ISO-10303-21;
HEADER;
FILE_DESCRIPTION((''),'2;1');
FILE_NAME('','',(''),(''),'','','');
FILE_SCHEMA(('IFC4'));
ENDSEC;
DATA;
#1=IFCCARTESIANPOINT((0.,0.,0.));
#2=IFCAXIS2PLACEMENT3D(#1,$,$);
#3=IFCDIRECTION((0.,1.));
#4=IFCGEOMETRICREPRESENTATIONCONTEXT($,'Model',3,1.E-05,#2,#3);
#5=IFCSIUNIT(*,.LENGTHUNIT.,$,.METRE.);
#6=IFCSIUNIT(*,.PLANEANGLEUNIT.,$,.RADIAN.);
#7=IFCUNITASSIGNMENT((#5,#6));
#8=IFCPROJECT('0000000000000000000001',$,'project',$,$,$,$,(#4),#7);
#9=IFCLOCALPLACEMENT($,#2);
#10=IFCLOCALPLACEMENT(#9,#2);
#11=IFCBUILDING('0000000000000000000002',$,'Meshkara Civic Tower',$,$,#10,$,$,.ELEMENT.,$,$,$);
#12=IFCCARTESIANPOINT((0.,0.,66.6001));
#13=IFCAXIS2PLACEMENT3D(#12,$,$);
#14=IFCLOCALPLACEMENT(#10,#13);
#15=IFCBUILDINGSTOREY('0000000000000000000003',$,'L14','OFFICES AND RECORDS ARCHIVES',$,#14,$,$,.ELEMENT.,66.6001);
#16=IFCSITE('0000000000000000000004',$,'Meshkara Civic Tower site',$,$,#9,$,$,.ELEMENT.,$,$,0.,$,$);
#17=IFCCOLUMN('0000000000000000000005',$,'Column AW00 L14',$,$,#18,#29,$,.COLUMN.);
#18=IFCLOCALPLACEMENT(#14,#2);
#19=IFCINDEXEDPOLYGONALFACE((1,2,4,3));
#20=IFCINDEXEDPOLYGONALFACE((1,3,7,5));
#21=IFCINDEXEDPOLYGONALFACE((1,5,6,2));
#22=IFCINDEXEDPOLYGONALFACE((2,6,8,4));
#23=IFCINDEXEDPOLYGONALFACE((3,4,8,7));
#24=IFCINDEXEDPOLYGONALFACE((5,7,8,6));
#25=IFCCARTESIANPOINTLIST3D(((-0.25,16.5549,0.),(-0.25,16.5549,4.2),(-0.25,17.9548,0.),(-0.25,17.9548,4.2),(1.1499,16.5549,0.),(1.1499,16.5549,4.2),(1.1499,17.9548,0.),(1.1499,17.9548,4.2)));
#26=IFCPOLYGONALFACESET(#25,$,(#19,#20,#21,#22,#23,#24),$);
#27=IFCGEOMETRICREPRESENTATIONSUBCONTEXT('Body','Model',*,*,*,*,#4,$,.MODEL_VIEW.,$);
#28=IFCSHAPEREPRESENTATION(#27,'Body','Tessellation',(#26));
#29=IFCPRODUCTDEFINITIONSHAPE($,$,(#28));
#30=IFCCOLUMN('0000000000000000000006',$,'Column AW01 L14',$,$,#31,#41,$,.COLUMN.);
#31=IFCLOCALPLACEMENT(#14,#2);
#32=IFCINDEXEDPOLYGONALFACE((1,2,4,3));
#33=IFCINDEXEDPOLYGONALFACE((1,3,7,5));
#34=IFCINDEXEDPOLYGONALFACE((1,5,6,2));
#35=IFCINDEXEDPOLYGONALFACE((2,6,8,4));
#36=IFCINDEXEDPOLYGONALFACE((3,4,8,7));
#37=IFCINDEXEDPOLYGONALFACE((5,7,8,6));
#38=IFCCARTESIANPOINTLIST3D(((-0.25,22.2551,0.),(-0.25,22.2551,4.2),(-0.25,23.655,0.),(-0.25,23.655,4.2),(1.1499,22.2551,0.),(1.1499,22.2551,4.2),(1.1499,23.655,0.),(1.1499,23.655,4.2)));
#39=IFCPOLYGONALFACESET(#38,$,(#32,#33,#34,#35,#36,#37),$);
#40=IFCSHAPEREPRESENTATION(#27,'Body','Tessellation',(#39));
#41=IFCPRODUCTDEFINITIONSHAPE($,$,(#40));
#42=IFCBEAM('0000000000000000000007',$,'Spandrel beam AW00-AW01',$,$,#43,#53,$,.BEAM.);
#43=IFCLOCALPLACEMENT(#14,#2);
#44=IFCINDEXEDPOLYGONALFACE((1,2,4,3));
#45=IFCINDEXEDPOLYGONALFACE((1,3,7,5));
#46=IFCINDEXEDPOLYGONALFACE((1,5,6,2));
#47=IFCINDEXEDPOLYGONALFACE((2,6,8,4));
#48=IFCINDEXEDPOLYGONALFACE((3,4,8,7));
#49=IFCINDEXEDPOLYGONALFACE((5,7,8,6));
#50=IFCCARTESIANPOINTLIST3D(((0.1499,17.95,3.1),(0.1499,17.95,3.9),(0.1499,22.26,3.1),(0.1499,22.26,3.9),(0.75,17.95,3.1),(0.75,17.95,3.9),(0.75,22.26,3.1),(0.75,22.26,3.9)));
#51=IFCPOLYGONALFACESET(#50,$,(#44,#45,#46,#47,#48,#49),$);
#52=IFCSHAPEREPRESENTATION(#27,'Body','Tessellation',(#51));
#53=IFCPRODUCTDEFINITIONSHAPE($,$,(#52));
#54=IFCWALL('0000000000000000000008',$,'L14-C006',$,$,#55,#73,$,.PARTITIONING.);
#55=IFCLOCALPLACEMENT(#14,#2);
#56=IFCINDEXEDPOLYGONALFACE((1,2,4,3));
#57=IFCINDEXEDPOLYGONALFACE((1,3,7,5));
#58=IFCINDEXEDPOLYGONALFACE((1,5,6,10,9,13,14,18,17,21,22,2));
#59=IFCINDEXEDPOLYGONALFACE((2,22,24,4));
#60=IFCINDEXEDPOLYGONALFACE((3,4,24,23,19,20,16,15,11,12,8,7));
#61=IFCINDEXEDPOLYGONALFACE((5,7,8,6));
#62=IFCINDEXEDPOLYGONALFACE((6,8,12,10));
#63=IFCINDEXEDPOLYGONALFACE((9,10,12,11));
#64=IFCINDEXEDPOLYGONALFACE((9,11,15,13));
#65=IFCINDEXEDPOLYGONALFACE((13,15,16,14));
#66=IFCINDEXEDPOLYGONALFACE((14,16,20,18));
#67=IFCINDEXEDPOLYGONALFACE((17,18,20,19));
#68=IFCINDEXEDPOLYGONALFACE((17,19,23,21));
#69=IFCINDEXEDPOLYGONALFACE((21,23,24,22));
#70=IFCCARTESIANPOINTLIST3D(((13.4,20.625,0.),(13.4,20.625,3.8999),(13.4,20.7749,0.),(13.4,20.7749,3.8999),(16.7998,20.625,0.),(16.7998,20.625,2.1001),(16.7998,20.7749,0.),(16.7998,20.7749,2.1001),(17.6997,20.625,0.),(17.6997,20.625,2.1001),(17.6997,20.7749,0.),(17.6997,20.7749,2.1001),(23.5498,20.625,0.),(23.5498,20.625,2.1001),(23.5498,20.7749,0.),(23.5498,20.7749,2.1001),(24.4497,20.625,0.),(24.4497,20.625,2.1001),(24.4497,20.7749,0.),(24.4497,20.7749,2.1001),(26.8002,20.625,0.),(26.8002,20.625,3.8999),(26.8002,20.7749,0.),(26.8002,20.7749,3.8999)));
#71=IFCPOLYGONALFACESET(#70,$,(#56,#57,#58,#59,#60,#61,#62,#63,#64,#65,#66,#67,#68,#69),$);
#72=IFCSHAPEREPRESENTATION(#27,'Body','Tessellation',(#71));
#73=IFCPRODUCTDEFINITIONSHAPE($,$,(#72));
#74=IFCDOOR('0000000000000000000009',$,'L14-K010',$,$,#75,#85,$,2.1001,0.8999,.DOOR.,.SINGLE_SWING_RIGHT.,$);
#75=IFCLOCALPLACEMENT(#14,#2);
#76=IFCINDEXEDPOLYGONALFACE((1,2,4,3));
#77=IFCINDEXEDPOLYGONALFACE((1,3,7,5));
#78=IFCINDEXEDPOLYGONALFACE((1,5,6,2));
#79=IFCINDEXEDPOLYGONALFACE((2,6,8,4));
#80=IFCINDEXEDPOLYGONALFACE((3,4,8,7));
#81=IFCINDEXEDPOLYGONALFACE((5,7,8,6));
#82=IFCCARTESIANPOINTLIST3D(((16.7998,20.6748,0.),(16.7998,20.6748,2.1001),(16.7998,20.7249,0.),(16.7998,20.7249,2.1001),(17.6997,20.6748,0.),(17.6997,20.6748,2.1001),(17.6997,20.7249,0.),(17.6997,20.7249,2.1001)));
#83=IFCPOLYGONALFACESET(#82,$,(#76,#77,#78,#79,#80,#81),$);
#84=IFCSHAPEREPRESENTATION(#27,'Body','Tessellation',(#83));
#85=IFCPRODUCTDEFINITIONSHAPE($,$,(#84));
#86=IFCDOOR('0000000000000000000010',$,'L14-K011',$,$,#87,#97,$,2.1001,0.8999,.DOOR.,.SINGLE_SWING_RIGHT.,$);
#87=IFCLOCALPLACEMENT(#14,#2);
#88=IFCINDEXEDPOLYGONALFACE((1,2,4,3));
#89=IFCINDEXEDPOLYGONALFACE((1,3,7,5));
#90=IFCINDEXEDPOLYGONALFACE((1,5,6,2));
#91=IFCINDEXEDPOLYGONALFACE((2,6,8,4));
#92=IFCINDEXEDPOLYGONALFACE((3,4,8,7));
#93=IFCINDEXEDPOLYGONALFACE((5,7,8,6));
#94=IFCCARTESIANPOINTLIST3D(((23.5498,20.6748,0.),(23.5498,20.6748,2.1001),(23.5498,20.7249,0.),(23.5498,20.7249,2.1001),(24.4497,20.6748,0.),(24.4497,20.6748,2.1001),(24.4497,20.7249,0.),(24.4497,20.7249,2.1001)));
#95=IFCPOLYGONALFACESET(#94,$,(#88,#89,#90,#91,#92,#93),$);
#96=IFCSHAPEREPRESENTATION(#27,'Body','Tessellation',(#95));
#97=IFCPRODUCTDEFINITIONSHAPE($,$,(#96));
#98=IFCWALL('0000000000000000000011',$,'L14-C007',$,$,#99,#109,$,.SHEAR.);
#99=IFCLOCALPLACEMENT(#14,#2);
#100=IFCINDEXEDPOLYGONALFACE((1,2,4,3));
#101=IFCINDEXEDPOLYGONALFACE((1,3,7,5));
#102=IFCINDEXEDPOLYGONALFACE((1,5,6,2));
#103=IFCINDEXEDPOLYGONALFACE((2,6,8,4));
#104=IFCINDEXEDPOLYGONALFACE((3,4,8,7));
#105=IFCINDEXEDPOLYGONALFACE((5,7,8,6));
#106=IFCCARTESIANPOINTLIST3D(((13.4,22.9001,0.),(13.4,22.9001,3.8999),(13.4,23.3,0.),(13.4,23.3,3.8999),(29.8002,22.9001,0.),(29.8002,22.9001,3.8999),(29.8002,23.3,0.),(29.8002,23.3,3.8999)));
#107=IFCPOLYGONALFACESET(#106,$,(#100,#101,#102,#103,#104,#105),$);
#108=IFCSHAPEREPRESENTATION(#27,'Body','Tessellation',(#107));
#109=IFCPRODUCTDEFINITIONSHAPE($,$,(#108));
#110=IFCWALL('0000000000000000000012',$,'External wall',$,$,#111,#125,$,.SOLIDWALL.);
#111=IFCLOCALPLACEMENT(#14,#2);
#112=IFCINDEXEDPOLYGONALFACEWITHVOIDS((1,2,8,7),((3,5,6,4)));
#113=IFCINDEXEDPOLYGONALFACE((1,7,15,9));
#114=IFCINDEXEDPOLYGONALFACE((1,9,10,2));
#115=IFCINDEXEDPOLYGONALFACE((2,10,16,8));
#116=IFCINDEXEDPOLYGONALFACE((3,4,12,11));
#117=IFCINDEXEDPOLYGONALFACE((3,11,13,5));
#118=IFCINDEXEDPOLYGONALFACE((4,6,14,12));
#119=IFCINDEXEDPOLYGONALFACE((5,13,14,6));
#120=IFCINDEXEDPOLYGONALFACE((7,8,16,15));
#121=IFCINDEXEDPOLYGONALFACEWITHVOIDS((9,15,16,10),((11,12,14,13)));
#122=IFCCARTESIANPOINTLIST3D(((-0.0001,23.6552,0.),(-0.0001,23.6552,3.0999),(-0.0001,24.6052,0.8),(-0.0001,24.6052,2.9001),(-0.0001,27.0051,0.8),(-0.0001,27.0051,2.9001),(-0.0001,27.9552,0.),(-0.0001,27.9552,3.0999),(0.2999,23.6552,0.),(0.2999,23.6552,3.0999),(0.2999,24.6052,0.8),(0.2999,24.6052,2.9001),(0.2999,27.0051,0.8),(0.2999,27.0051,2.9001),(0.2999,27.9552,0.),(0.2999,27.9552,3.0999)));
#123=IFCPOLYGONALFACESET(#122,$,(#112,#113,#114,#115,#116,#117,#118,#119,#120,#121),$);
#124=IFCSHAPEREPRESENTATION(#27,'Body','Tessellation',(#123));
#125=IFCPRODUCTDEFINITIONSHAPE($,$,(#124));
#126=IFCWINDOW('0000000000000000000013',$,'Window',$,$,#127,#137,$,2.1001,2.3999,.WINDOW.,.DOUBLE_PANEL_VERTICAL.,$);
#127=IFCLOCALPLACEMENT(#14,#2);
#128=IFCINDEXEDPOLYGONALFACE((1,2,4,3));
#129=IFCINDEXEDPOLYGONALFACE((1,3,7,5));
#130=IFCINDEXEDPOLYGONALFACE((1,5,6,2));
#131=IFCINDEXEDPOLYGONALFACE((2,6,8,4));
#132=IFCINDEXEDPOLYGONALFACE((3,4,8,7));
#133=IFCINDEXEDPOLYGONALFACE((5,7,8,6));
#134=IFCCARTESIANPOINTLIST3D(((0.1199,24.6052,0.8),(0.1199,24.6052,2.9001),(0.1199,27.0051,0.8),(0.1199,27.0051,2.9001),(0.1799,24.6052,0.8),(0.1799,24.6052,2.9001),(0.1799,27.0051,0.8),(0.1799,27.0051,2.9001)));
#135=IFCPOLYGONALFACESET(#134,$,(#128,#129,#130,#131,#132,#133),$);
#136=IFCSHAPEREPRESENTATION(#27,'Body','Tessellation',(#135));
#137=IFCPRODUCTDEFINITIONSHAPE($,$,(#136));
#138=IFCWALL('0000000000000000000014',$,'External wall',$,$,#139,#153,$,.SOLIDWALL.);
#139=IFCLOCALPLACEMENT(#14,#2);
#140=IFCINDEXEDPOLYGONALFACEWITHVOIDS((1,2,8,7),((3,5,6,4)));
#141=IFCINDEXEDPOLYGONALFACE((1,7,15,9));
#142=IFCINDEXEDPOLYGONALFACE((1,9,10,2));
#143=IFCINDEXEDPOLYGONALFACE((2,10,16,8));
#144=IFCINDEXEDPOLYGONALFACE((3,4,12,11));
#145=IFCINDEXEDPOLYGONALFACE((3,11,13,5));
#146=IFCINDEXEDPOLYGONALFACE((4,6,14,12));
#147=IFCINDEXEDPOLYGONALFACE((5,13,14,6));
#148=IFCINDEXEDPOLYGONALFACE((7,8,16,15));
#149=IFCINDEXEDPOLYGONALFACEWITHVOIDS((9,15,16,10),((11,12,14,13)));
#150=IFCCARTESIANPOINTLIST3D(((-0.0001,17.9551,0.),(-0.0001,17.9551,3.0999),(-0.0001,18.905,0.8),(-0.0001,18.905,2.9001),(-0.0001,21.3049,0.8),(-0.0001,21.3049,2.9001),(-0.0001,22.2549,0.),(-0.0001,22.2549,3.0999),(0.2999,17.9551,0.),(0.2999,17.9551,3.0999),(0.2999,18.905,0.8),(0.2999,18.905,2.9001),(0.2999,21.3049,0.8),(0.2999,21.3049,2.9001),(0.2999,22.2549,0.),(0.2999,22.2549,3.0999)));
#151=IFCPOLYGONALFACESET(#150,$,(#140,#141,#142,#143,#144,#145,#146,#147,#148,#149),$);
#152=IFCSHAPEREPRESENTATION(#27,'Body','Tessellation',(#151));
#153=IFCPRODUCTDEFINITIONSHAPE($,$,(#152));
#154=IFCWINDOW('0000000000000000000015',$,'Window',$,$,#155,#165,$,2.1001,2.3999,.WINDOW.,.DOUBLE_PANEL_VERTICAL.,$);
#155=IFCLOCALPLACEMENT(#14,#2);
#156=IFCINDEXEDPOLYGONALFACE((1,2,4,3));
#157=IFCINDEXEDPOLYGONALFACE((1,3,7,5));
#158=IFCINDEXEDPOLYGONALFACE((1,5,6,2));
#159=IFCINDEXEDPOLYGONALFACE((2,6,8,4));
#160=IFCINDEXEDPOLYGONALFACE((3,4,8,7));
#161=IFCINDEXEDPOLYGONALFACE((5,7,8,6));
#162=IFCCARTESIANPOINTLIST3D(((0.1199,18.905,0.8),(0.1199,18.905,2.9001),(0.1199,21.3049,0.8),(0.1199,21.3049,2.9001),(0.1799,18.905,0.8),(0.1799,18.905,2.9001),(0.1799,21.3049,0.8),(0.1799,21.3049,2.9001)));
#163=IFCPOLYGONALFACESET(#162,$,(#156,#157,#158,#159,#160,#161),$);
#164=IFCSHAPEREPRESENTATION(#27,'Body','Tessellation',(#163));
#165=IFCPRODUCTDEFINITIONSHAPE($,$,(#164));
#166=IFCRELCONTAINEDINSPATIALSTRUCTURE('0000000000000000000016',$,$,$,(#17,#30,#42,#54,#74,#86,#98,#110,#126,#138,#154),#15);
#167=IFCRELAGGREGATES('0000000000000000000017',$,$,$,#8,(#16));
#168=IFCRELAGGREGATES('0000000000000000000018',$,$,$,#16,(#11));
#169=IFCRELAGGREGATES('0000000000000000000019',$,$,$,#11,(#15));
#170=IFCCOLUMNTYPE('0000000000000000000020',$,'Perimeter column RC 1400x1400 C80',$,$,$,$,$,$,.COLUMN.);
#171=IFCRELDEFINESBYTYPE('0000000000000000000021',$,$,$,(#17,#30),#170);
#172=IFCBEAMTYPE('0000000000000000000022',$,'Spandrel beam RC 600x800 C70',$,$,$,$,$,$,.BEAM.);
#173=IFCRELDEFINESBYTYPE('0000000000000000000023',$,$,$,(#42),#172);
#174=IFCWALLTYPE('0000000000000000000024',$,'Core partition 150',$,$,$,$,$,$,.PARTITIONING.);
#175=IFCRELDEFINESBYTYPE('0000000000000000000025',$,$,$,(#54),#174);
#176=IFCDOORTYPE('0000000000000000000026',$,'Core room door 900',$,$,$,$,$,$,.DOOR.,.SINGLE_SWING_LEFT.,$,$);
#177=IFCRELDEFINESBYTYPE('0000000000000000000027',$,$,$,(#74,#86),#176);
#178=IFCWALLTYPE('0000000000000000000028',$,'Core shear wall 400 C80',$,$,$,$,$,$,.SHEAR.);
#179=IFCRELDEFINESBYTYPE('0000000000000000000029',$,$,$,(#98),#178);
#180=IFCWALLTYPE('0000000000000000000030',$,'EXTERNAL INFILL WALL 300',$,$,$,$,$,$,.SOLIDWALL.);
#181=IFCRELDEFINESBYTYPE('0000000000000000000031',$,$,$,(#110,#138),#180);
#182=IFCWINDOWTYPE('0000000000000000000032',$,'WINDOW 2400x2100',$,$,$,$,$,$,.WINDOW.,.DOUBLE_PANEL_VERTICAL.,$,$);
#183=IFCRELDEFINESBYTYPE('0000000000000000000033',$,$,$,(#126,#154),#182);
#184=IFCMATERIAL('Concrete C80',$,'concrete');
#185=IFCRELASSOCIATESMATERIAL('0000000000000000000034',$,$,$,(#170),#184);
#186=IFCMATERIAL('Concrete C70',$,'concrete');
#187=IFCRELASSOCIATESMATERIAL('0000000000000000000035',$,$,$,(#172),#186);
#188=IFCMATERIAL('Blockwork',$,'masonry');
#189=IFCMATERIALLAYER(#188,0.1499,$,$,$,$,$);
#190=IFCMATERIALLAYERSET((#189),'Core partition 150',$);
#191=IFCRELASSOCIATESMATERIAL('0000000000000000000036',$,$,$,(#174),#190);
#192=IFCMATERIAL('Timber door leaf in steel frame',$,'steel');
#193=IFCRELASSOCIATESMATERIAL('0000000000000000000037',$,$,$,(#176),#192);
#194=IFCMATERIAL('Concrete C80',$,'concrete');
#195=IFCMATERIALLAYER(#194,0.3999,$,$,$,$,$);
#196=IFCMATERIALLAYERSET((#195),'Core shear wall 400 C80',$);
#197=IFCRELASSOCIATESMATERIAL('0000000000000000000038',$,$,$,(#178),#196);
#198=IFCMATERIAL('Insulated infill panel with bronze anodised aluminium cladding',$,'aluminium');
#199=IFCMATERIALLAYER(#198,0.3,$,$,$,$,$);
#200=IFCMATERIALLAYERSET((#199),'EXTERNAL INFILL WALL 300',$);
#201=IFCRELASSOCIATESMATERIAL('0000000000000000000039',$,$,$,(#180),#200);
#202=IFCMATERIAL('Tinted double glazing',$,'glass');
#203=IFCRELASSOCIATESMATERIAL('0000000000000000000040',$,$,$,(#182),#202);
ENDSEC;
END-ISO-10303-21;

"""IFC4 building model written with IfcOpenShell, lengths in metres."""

from ifc_helpers import new_model, si_unit, direction, frame, frame_2d, origin, origin_2d, place, context, subcontext, project, spatial, rectangle, extrude, material, layer, layer_set, material_profile, profile_set, type_object, element, fill, save


model = new_model("IFC4")

# Units and contexts
model_context = context("Model", 3, precision=1e-05, world=origin(), true_north=direction((0.0, 1.0)))
body_context = subcontext(model_context, "Body", "Model", "MODEL_VIEW")
ifc_project = project(units=[si_unit("LENGTHUNIT", "METRE"), si_unit("PLANEANGLEUNIT", "RADIAN")], contexts=[model_context])

# Site, building, storey
site_placement = place(None, origin())
site = spatial("IfcSite", under=ifc_project, at=site_placement, Name="Meshkara Civic Tower site", CompositionType="ELEMENT", RefElevation=0.0)
building_placement = place(site_placement, origin())
building = spatial("IfcBuilding", under=site, at=building_placement, Name="Meshkara Civic Tower", CompositionType="ELEMENT")
storey_placement = place(building_placement, frame((0.0, 0.0, 66.6001)))
storey = spatial("IfcBuildingStorey", under=building, at=storey_placement, Name="L14", Description="OFFICES AND RECORDS ARCHIVES", CompositionType="ELEMENT", Elevation=66.6001)

# Columns
ifc_material_1 = material(Name="Concrete C80", Category="concrete")
ifc_material_profile_1 = material_profile(ifc_material_1, rectangle(XDim=1.3999, YDim=1.3999, at=origin_2d()))
ifc_profile_set_1 = profile_set([ifc_material_profile_1], Name="Concrete C80")
column_type = type_object("IfcColumnType", Name="Perimeter column RC 1400x1400 C80", PredefinedType="COLUMN", material=ifc_profile_set_1)
for number, where, z_axis, x_axis, name in (
    (1, (0.45, 17.2549, 0.0), (0.0, 0.0, 1.0), (1.0, 0.0, 0.0), "Column AW00 L14"),
    (2, (0.45, 22.9551, 0.0), (0.0, 0.0, 1.0), (1.0, 0.0, 0.0), "Column AW01 L14"),
):
    element("IfcColumn", number, at=place(storey_placement, frame(where, z_axis=z_axis, x_axis=x_axis)), inside=storey, type_object=column_type, Name=name, PredefinedType="COLUMN", context=body_context, shape_type="SweptSolid", body=[
        extrude(rectangle(XDim=1.3999, YDim=1.3999, at=origin_2d()), origin(), (0.0, 0.0, 1.0), 4.2),
    ])

# Beam
ifc_material_2 = material(Name="Concrete C70", Category="concrete")
ifc_material_profile_2 = material_profile(ifc_material_2, rectangle(XDim=0.6001, YDim=0.8, at=origin_2d()))
ifc_profile_set_2 = profile_set([ifc_material_profile_2], Name="Concrete C70")
beam_type = type_object("IfcBeamType", Name="Spandrel beam RC 600x800 C70", PredefinedType="BEAM", material=ifc_profile_set_2)
beam_placement = place(storey_placement, frame((0.45, 22.26, 3.5), z_axis=(0.0, -1.0, 0.0), x_axis=(1.0, 0.0, 0.0)))
element("IfcBeam", 3, at=beam_placement, inside=storey, type_object=beam_type, Name="Spandrel beam AW00-AW01", PredefinedType="BEAM", context=body_context, shape_type="SweptSolid", body=[
    extrude(rectangle(XDim=0.6001, YDim=0.8, at=origin_2d()), origin(), (0.0, 0.0, 1.0), 4.3101),
])

# Wall, openings, doors
ifc_material_3 = material(Name="Blockwork", Category="masonry")
ifc_layer_1 = layer(ifc_material_3, 0.1499)
ifc_layer_set_1 = layer_set([ifc_layer_1], Name="Core partition 150")
wall_type_1 = type_object("IfcWallType", Name="Core partition 150", PredefinedType="PARTITIONING", material=ifc_layer_set_1)
wall_1_placement = place(storey_placement, frame((13.3999, 20.7, 0.0), z_axis=(0.0, 0.0, 1.0), x_axis=(1.0, 0.0, 0.0)))
wall_1 = element("IfcWall", 4, at=wall_1_placement, inside=storey, type_object=wall_type_1, Name="L14-C006", PredefinedType="PARTITIONING", context=body_context, shape_type="SweptSolid", body=[
    extrude(rectangle(XDim=13.4001, YDim=0.1499, at=frame_2d((6.7002, 0.0))), origin(), (0.0, 0.0, 1.0), 3.8999),
])
opening_1_placement = place(wall_1_placement, frame((3.3999, 0.0, 0.0)))
opening_1 = element("IfcOpeningElement", 5, at=opening_1_placement, cuts=wall_1, PredefinedType="OPENING", context=body_context, shape_type="SweptSolid", body=[
    extrude(rectangle(XDim=0.8999, YDim=2.1001, at=frame_2d((0.45, 1.05))), frame((0.0, 0.085, 0.0), z_axis=(0.0, -1.0, 0.0), x_axis=(1.0, 0.0, 0.0)), (0.0, 0.0, 1.0), 0.1699),
])
opening_2_placement = place(wall_1_placement, frame((10.1499, 0.0, 0.0)))
opening_2 = element("IfcOpeningElement", 6, at=opening_2_placement, cuts=wall_1, PredefinedType="OPENING", context=body_context, shape_type="SweptSolid", body=[
    extrude(rectangle(XDim=0.8999, YDim=2.1001, at=frame_2d((0.45, 1.05))), frame((0.0, 0.085, 0.0), z_axis=(0.0, -1.0, 0.0), x_axis=(1.0, 0.0, 0.0)), (0.0, 0.0, 1.0), 0.1699),
])
ifc_material_4 = material(Name="Timber door leaf in steel frame", Category="steel")
door_type_1 = type_object("IfcDoorType", Name="Core room door 900", OperationType="SINGLE_SWING_LEFT", PredefinedType="DOOR", material=ifc_material_4)
door_1_placement = place(opening_1_placement, origin())
door_1 = element("IfcDoor", 7, at=door_1_placement, inside=storey, type_object=door_type_1, Name="L14-K010", OperationType="SINGLE_SWING_RIGHT", OverallHeight=2.1001, OverallWidth=0.8999, PredefinedType="DOOR", context=body_context, shape_type="SweptSolid", body=[
    extrude(rectangle(XDim=0.8999, YDim=2.1001, at=frame_2d((0.45, 1.05))), frame((0.0, 0.0249, 0.0), z_axis=(0.0, -1.0, 0.0), x_axis=(1.0, 0.0, 0.0)), (0.0, 0.0, 1.0), 0.05),
])
fill(opening_1, door_1)
door_2_placement = place(opening_2_placement, origin())
door_2 = element("IfcDoor", 8, at=door_2_placement, inside=storey, type_object=door_type_1, Name="L14-K011", OperationType="SINGLE_SWING_RIGHT", OverallHeight=2.1001, OverallWidth=0.8999, PredefinedType="DOOR", context=body_context, shape_type="SweptSolid", body=[
    extrude(rectangle(XDim=0.8999, YDim=2.1001, at=frame_2d((0.45, 1.05))), frame((0.0, 0.0249, 0.0), z_axis=(0.0, -1.0, 0.0), x_axis=(1.0, 0.0, 0.0)), (0.0, 0.0, 1.0), 0.05),
])
fill(opening_2, door_2)

# Wall
ifc_material_5 = material(Name="Concrete C80", Category="concrete")
ifc_layer_2 = layer(ifc_material_5, 0.3999)
ifc_layer_set_2 = layer_set([ifc_layer_2], Name="Core shear wall 400 C80")
wall_type_2 = type_object("IfcWallType", Name="Core shear wall 400 C80", PredefinedType="SHEAR", material=ifc_layer_set_2)
wall_2_placement = place(storey_placement, frame((13.3999, 23.1001, 0.0), z_axis=(0.0, 0.0, 1.0), x_axis=(1.0, 0.0, 0.0)))
element("IfcWall", 9, at=wall_2_placement, inside=storey, type_object=wall_type_2, Name="L14-C007", PredefinedType="SHEAR", context=body_context, shape_type="SweptSolid", body=[
    extrude(rectangle(XDim=16.4001, YDim=0.3999, at=frame_2d((8.2002, 0.0))), origin(), (0.0, 0.0, 1.0), 3.8999),
])

# Walls, openings, windows
ifc_material_6 = material(Name="Insulated infill panel with bronze anodised aluminium cladding", Category="aluminium")
ifc_layer_3 = layer(ifc_material_6, 0.3)
ifc_layer_set_3 = layer_set([ifc_layer_3], Name="EXTERNAL INFILL WALL 300")
wall_type_3 = type_object("IfcWallType", Name="EXTERNAL INFILL WALL 300", PredefinedType="SOLIDWALL", material=ifc_layer_set_3)
wall_3_placement = place(storey_placement, frame((0.1499, 27.9551, 0.0), z_axis=(0.0, 0.0, 1.0), x_axis=(0.0, -1.0, 0.0)))
wall_3 = element("IfcWall", 10, at=wall_3_placement, inside=storey, type_object=wall_type_3, Name="External wall", PredefinedType="SOLIDWALL", context=body_context, shape_type="SweptSolid", body=[
    extrude(rectangle(XDim=4.3, YDim=0.3, at=frame_2d((2.1499, 0.0))), origin(), (0.0, 0.0, 1.0), 3.0999),
])
opening_3_placement = place(wall_3_placement, frame((0.95, 0.0, 0.8)))
opening_3 = element("IfcOpeningElement", 11, at=opening_3_placement, cuts=wall_3, PredefinedType="OPENING", context=body_context, shape_type="SweptSolid", body=[
    extrude(rectangle(XDim=2.3999, YDim=2.1001, at=frame_2d((1.2, 1.05))), frame((0.0, 0.1599, 0.0), z_axis=(0.0, -1.0, 0.0), x_axis=(1.0, 0.0, 0.0)), (0.0, 0.0, 1.0), 0.3201),
])
ifc_material_7 = material(Name="Tinted double glazing", Category="glass")
window_type = type_object("IfcWindowType", Name="WINDOW 2400x2100", PartitioningType="DOUBLE_PANEL_VERTICAL", PredefinedType="WINDOW", material=ifc_material_7)
window_1_placement = place(opening_3_placement, origin())
window_1 = element("IfcWindow", 12, at=window_1_placement, inside=storey, type_object=window_type, Name="Window", OverallHeight=2.1001, OverallWidth=2.3999, PartitioningType="DOUBLE_PANEL_VERTICAL", PredefinedType="WINDOW", context=body_context, shape_type="SweptSolid", body=[
    extrude(rectangle(XDim=2.3999, YDim=2.1001, at=frame_2d((1.2, 1.05))), frame((0.0, 0.03, 0.0), z_axis=(0.0, -1.0, 0.0), x_axis=(1.0, 0.0, 0.0)), (0.0, 0.0, 1.0), 0.0601),
])
fill(opening_3, window_1)
wall_4_placement = place(storey_placement, frame((0.1499, 22.2549, 0.0), z_axis=(0.0, 0.0, 1.0), x_axis=(0.0, -1.0, 0.0)))
wall_4 = element("IfcWall", 13, at=wall_4_placement, inside=storey, type_object=wall_type_3, Name="External wall", PredefinedType="SOLIDWALL", context=body_context, shape_type="SweptSolid", body=[
    extrude(rectangle(XDim=4.2998, YDim=0.3, at=frame_2d((2.1499, 0.0))), origin(), (0.0, 0.0, 1.0), 3.0999),
])
opening_4_placement = place(wall_4_placement, frame((0.95, 0.0, 0.8)))
opening_4 = element("IfcOpeningElement", 14, at=opening_4_placement, cuts=wall_4, PredefinedType="OPENING", context=body_context, shape_type="SweptSolid", body=[
    extrude(rectangle(XDim=2.3999, YDim=2.1001, at=frame_2d((1.2, 1.05))), frame((0.0, 0.1599, 0.0), z_axis=(0.0, -1.0, 0.0), x_axis=(1.0, 0.0, 0.0)), (0.0, 0.0, 1.0), 0.3201),
])
window_2_placement = place(opening_4_placement, origin())
window_2 = element("IfcWindow", 15, at=window_2_placement, inside=storey, type_object=window_type, Name="Window", OverallHeight=2.1001, OverallWidth=2.3999, PartitioningType="DOUBLE_PANEL_VERTICAL", PredefinedType="WINDOW", context=body_context, shape_type="SweptSolid", body=[
    extrude(rectangle(XDim=2.3999, YDim=2.1001, at=frame_2d((1.2, 1.05))), frame((0.0, 0.03, 0.0), z_axis=(0.0, -1.0, 0.0), x_axis=(1.0, 0.0, 0.0)), (0.0, 0.0, 1.0), 0.0601),
])
fill(opening_4, window_2)

save(model, "model.ifc")
